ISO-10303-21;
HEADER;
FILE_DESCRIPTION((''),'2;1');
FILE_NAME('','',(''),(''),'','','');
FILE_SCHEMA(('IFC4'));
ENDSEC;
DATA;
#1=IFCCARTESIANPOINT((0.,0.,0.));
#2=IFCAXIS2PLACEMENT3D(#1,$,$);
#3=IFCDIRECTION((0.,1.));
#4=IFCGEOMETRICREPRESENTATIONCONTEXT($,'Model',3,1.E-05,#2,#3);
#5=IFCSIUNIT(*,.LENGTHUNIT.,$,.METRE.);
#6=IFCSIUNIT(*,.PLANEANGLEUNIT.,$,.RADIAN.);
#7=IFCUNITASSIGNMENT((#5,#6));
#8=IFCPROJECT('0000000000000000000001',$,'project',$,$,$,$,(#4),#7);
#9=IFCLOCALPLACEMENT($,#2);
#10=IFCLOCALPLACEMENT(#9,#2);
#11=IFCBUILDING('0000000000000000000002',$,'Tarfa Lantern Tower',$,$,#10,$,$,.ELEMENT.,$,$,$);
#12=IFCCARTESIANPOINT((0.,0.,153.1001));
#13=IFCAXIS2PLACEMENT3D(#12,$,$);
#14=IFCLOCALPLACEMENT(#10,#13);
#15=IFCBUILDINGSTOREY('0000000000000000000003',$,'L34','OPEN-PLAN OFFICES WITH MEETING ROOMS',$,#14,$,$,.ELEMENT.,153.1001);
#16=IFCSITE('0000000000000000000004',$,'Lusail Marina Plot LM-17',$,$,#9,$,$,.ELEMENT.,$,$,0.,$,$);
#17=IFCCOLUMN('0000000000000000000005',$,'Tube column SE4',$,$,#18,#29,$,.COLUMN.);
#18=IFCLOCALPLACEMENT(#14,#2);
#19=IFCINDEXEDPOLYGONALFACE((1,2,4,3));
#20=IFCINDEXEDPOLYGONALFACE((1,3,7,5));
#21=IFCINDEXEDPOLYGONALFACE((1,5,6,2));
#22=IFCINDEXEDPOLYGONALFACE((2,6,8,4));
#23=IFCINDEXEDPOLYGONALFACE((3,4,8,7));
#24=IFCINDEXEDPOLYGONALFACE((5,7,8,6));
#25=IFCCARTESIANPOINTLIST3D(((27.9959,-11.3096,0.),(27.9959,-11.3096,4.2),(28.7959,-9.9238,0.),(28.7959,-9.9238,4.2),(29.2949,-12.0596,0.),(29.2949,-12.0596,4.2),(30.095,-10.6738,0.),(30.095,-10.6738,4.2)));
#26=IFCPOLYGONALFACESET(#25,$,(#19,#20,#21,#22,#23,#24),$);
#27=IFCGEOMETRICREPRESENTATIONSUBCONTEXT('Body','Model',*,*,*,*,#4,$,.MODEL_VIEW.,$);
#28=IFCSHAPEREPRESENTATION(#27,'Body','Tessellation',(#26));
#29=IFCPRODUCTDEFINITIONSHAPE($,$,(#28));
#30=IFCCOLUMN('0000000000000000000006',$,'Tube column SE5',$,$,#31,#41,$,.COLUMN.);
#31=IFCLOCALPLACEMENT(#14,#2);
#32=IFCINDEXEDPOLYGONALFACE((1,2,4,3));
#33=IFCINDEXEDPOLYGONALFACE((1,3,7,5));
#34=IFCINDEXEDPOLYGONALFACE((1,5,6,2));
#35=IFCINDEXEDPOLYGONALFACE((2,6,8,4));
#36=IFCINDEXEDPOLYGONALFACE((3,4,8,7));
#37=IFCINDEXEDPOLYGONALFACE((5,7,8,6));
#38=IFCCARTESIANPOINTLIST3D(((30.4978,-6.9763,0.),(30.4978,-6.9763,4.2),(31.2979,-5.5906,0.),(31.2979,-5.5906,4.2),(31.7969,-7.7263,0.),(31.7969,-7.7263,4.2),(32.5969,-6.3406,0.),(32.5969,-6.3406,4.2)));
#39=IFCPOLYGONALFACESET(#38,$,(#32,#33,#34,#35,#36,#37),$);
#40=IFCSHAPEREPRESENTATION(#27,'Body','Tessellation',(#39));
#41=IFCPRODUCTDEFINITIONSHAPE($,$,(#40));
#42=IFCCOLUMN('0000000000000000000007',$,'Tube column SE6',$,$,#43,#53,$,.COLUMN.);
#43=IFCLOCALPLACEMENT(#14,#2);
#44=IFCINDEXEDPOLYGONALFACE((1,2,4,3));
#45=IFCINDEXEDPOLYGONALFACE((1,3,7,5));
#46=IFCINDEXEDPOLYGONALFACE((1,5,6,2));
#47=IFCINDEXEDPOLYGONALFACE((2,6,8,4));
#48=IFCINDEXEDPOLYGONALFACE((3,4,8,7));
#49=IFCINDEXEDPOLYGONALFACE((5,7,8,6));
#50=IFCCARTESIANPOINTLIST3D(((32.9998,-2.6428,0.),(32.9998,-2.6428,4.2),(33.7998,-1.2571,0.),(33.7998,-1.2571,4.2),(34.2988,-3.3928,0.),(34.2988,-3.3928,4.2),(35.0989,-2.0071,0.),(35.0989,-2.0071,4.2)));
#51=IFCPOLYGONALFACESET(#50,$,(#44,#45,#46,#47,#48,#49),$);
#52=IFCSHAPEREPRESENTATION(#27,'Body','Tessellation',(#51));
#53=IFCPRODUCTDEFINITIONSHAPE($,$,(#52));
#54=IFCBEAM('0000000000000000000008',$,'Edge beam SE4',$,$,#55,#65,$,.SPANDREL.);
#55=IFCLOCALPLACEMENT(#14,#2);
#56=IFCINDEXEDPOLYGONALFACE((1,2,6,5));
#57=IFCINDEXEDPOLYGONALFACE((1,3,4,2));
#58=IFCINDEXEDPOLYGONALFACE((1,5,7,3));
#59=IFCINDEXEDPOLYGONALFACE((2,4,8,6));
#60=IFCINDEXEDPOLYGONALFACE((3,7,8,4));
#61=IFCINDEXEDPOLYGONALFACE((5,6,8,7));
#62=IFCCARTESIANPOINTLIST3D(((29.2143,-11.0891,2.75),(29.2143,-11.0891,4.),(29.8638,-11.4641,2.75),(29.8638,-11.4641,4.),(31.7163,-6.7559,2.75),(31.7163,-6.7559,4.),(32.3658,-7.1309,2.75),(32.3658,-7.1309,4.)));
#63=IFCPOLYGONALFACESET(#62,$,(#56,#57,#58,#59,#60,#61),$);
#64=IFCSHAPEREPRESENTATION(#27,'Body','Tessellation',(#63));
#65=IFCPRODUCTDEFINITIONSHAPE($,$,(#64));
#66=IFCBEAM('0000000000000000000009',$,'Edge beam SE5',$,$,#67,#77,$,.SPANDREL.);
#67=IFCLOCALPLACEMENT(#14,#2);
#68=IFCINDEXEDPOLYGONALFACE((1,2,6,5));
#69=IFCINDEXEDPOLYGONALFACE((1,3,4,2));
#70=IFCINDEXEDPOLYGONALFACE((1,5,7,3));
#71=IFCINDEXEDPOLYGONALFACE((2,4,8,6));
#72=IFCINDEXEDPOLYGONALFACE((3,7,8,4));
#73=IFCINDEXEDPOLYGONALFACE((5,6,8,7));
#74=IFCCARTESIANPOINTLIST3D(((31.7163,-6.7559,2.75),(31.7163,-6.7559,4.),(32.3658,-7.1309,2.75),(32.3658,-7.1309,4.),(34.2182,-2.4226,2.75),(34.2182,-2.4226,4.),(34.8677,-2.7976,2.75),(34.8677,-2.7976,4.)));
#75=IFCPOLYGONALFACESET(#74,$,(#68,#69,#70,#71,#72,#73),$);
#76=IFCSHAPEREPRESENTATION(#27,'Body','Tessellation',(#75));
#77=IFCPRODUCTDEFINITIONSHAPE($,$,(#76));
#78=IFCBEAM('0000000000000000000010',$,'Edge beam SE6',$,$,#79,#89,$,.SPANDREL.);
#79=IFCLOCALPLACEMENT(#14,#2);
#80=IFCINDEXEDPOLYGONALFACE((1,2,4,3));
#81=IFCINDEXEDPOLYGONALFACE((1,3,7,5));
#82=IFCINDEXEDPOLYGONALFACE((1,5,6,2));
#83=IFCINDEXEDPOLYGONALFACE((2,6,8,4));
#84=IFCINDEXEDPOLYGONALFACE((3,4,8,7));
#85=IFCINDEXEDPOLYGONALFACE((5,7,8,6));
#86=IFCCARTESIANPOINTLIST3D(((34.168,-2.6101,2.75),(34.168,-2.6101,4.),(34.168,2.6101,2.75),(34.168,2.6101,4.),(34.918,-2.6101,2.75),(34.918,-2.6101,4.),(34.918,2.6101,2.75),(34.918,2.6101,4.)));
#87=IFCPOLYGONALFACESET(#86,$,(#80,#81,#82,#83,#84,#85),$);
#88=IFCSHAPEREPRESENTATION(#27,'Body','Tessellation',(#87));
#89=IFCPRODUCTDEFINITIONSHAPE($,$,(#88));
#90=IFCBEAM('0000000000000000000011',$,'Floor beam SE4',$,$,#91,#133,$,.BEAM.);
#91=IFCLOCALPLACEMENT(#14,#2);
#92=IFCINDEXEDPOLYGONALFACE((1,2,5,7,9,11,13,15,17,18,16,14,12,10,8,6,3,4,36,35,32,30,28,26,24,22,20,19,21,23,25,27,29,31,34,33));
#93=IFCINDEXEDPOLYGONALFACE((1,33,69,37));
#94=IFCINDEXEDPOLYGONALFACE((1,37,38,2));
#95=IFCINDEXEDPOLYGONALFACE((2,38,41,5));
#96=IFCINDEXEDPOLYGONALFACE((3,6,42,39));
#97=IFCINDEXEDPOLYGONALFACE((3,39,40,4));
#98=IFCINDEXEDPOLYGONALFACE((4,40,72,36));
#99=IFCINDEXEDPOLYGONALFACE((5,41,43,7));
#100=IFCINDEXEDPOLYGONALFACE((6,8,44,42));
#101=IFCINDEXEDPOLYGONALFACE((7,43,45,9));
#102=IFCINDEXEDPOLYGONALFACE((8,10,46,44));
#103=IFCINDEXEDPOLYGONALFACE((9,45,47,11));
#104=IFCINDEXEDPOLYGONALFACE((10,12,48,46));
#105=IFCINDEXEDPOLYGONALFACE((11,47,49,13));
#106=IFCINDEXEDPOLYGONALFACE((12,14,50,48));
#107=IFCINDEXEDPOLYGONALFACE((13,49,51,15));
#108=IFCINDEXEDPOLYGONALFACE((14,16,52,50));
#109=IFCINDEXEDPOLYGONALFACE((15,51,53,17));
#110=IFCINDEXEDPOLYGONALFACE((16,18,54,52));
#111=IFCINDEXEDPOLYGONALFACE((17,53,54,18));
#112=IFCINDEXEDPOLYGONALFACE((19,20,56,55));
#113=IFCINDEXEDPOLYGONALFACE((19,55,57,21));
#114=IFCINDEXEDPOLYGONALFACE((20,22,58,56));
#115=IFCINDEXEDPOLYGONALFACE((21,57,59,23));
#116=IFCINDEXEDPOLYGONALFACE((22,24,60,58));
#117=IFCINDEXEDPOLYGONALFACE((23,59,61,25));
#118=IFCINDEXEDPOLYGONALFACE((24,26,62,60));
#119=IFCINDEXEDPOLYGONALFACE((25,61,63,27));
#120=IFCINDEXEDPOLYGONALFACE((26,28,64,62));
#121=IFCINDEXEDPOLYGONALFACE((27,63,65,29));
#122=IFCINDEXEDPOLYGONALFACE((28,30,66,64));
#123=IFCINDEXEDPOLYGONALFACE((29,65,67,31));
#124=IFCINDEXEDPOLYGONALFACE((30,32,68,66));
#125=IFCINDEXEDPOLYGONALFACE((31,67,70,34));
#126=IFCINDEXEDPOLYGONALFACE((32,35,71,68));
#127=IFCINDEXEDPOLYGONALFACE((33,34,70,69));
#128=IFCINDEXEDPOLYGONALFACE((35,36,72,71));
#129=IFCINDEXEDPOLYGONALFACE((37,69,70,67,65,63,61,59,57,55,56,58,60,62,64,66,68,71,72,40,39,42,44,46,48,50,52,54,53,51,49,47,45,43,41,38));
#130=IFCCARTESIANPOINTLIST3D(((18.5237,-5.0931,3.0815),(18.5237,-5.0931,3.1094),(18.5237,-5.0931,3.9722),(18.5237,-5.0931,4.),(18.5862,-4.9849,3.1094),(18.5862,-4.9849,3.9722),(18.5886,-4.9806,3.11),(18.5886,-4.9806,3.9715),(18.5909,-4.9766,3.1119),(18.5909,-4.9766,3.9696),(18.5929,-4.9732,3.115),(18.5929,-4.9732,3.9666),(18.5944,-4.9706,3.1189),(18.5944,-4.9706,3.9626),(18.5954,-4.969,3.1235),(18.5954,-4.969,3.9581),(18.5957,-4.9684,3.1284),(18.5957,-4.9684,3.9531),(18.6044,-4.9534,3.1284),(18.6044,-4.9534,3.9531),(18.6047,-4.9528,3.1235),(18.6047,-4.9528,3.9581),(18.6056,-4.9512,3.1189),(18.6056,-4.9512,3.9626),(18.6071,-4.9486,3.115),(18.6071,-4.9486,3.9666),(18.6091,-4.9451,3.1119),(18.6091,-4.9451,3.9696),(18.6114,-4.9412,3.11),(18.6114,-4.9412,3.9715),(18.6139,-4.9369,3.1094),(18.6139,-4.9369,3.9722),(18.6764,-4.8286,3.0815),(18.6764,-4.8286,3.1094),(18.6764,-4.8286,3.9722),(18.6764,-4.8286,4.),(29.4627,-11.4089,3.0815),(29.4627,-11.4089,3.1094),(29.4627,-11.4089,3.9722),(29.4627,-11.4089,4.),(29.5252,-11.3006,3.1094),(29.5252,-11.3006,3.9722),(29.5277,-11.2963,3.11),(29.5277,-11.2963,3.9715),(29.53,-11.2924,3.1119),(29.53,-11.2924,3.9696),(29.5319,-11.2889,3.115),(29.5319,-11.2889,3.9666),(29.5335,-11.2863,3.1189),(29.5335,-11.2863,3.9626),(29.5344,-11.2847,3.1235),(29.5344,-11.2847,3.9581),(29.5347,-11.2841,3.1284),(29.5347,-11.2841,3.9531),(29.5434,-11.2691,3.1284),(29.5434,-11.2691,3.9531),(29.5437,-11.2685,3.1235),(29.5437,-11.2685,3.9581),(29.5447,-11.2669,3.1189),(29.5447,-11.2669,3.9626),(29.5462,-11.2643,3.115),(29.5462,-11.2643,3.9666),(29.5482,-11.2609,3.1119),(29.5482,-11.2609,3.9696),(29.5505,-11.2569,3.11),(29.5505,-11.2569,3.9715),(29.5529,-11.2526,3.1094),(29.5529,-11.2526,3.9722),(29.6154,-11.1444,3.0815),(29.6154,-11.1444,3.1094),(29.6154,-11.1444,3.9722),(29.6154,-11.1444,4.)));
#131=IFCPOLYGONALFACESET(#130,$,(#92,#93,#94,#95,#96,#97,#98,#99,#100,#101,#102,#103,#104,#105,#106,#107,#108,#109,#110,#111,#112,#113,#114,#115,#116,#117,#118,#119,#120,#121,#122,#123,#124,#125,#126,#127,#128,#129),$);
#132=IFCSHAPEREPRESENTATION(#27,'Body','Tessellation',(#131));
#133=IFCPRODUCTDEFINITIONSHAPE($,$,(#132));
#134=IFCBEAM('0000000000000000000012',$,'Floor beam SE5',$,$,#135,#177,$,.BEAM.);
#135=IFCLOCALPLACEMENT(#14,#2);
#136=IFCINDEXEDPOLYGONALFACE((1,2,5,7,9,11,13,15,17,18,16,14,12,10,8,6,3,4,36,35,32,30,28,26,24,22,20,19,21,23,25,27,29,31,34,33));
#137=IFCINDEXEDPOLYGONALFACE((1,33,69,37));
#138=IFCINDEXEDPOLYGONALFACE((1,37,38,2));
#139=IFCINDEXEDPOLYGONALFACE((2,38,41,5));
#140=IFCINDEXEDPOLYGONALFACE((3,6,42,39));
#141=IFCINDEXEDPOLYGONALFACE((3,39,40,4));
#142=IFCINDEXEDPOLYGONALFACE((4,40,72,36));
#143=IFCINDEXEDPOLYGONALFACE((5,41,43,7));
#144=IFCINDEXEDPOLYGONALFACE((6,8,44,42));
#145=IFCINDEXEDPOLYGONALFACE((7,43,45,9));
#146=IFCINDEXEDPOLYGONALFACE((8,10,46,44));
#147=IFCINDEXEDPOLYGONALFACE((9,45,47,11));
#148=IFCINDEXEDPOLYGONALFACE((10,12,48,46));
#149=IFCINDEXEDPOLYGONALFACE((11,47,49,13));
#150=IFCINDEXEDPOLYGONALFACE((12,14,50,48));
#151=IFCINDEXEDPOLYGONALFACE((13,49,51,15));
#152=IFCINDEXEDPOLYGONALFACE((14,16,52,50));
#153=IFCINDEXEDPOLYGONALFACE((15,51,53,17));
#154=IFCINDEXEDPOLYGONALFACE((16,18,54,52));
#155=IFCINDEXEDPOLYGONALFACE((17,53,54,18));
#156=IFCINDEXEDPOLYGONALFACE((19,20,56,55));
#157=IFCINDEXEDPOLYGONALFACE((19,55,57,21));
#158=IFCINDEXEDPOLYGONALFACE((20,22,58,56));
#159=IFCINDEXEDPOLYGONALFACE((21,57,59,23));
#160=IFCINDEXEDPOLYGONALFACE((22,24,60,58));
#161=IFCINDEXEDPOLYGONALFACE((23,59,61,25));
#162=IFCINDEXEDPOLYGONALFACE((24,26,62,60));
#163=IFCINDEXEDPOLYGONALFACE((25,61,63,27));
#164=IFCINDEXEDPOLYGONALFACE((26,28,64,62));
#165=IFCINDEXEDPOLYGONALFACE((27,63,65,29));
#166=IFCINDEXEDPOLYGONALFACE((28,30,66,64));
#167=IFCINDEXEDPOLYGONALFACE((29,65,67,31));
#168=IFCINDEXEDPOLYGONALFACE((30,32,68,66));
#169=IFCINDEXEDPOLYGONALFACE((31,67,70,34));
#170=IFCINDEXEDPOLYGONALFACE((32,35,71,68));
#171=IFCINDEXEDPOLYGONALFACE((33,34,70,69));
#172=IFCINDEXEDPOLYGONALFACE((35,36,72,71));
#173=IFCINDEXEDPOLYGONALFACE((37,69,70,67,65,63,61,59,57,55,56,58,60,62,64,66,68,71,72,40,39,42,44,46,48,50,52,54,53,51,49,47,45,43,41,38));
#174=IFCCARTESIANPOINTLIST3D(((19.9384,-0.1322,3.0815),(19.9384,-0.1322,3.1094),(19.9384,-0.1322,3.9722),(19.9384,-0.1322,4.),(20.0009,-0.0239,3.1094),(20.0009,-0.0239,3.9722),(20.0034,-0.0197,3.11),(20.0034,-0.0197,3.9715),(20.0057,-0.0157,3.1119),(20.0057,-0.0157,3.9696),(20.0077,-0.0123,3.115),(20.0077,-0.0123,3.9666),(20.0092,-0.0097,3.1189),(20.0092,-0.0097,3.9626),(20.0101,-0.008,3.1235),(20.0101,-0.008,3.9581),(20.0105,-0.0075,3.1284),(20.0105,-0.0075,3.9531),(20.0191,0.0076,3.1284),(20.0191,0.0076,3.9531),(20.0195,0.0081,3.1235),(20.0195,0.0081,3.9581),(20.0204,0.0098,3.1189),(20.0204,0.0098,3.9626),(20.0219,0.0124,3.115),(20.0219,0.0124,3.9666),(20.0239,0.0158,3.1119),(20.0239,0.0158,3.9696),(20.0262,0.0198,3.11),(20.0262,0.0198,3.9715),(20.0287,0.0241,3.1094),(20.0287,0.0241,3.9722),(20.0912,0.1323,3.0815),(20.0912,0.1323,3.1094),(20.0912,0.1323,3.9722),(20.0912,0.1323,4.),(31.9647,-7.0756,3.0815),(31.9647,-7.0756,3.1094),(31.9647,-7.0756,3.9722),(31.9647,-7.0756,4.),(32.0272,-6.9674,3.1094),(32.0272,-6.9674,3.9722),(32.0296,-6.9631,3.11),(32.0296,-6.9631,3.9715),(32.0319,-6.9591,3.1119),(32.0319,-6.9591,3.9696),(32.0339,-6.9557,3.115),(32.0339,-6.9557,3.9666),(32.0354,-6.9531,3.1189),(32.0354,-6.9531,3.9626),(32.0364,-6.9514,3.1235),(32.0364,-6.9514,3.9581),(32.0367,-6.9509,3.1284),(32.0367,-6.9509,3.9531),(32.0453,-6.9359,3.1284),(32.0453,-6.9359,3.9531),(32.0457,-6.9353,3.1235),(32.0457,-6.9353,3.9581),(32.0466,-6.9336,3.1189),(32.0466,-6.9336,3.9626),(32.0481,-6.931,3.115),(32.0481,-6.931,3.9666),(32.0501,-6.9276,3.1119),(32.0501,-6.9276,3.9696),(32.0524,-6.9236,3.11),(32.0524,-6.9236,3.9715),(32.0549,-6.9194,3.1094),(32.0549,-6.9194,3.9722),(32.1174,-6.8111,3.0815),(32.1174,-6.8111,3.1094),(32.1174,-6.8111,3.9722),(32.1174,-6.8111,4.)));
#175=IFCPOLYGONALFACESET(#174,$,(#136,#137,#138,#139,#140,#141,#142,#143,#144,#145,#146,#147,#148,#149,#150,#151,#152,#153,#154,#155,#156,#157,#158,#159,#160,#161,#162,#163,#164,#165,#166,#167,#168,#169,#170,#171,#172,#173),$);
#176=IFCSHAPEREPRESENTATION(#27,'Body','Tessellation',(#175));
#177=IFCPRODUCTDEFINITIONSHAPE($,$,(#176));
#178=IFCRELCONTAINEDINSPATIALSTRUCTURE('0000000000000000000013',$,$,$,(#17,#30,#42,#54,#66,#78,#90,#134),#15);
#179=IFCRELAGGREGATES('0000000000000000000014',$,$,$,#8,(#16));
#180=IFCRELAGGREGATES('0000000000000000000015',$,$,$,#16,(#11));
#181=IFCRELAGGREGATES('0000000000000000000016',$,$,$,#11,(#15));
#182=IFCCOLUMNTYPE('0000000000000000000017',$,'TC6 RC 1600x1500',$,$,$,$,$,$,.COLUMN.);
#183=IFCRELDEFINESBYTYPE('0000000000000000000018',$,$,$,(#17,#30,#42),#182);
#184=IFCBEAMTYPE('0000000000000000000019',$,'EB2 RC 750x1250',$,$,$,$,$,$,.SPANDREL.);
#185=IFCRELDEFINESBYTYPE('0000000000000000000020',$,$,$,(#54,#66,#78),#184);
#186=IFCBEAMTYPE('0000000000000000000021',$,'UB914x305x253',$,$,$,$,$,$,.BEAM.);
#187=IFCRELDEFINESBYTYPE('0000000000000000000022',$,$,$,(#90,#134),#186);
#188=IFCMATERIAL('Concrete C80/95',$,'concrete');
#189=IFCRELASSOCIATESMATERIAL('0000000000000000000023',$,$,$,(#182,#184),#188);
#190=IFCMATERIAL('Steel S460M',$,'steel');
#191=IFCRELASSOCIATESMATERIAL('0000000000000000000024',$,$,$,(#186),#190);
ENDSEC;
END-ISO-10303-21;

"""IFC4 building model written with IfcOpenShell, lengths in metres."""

from ifc_helpers import new_model, si_unit, direction, frame, origin, origin_2d, place, context, subcontext, project, spatial, rectangle, i_section, extrude, material, material_profile, profile_set, type_object, element, save


model = new_model("IFC4")

# Units and contexts
model_context = context("Model", 3, precision=1e-05, world=origin(), true_north=direction((0.0, 1.0)))
body_context = subcontext(model_context, "Body", "Model", "MODEL_VIEW")
ifc_project = project(units=[si_unit("LENGTHUNIT", "METRE"), si_unit("PLANEANGLEUNIT", "RADIAN")], contexts=[model_context])

# Site, building, storey
site_placement = place(None, origin())
site = spatial("IfcSite", under=ifc_project, at=site_placement, Name="Lusail Marina Plot LM-17", CompositionType="ELEMENT", RefElevation=0.0)
building_placement = place(site_placement, origin())
building = spatial("IfcBuilding", under=site, at=building_placement, Name="Tarfa Lantern Tower", CompositionType="ELEMENT")
storey_placement = place(building_placement, frame((0.0, 0.0, 153.1001)))
storey = spatial("IfcBuildingStorey", under=building, at=storey_placement, Name="L34", Description="OPEN-PLAN OFFICES WITH MEETING ROOMS", CompositionType="ELEMENT", Elevation=153.1001)

# Columns
ifc_material_1 = material(Name="Concrete C80/95", Category="concrete")
ifc_material_profile_1 = material_profile(ifc_material_1, rectangle(XDim=1.6001, YDim=1.5, at=origin_2d()), Name="RC 1600x1500")
ifc_profile_set_1 = profile_set([ifc_material_profile_1], Name="Concrete C80/95")
column_type = type_object("IfcColumnType", Name="TC6 RC 1600x1500", PredefinedType="COLUMN", material=ifc_profile_set_1)
for number, where, z_axis, x_axis, name in (
    (1, (29.0454, -10.9917, 0.0), (0.0, 0.0, 1.0), (0.5, 0.866025, 0.0), "Tube column SE4"),
    (2, (31.5474, -6.6584, 0.0), (0.0, 0.0, 1.0), (0.5, 0.866025, 0.0), "Tube column SE5"),
    (3, (34.0493, -2.325, 0.0), (0.0, 0.0, 1.0), (0.5, 0.866025, 0.0), "Tube column SE6"),
):
    element("IfcColumn", number, at=place(storey_placement, frame(where, z_axis=z_axis, x_axis=x_axis)), inside=storey, type_object=column_type, Name=name, PredefinedType="COLUMN", context=body_context, shape_type="SweptSolid", body=[
        extrude(rectangle(XDim=1.6001, YDim=1.5, at=origin_2d()), origin(), (0.0, 0.0, 1.0), 4.2),
    ])

# Beams
ifc_material_profile_2 = material_profile(ifc_material_1, rectangle(XDim=0.75, YDim=1.25, at=origin_2d()), Name="RC 750x1250")
ifc_profile_set_2 = profile_set([ifc_material_profile_2], Name="Concrete C80/95")
beam_type_1 = type_object("IfcBeamType", Name="EB2 RC 750x1250", PredefinedType="SPANDREL", material=ifc_profile_set_2)
for number, where, z_axis, x_axis, name in (
    (4, (29.5391, -11.2766, 3.375), (0.500022, 0.866013, 0.0), (-0.866013, 0.500022, 0.0), "Edge beam SE4"),
    (5, (32.041, -6.9434, 3.375), (0.500022, 0.866013, 0.0), (-0.866013, 0.500022, 0.0), "Edge beam SE5"),
):
    element("IfcBeam", number, at=place(storey_placement, frame(where, z_axis=z_axis, x_axis=x_axis)), inside=storey, type_object=beam_type_1, Name=name, PredefinedType="SPANDREL", context=body_context, shape_type="SweptSolid", body=[
        extrude(rectangle(XDim=0.75, YDim=1.25, at=origin_2d()), origin(), (0.0, 0.0, 1.0), 5.0037),
    ])
beam_1_placement = place(storey_placement, frame((34.543, -2.6101, 3.375), z_axis=(0.0, 1.0, 0.0), x_axis=(-1.0, 0.0, 0.0)))
element("IfcBeam", 6, at=beam_1_placement, inside=storey, type_object=beam_type_1, Name="Edge beam SE6", PredefinedType="SPANDREL", context=body_context, shape_type="SweptSolid", body=[
    extrude(rectangle(XDim=0.75, YDim=1.25, at=origin_2d()), origin(), (0.0, 0.0, 1.0), 5.2202),
])
ifc_material_2 = material(Name="Steel S460M", Category="steel")
ifc_material_profile_3 = material_profile(ifc_material_2, i_section(OverallWidth=0.3054, OverallDepth=0.9185, WebThickness=0.0173, FlangeThickness=0.0278, FilletRadius=0.019, at=origin_2d()), Name="UB914x305x253")
ifc_profile_set_3 = profile_set([ifc_material_profile_3], Name="Steel S460M")
beam_type_2 = type_object("IfcBeamType", Name="UB914x305x253", PredefinedType="BEAM", material=ifc_profile_set_3)
beam_2_placement = place(storey_placement, frame((29.5391, -11.2766, 3.5408), z_axis=(-0.866023, 0.500004, 0.0), x_axis=(-0.500004, -0.866023, 0.0)))
element("IfcBeam", 7, at=beam_2_placement, inside=storey, type_object=beam_type_2, Name="Floor beam SE4", PredefinedType="BEAM", context=body_context, shape_type="SweptSolid", body=[
    extrude(i_section(OverallWidth=0.3054, OverallDepth=0.9185, WebThickness=0.0173, FlangeThickness=0.0278, FilletRadius=0.019, at=origin_2d()), origin(), (0.0, 0.0, 1.0), 12.6313),
])
beam_3_placement = place(storey_placement, frame((32.041, -6.9434, 3.5408), z_axis=(-0.866023, 0.500004, 0.0), x_axis=(-0.500004, -0.866023, 0.0)))
element("IfcBeam", 8, at=beam_3_placement, inside=storey, type_object=beam_type_2, Name="Floor beam SE5", PredefinedType="BEAM", context=body_context, shape_type="SweptSolid", body=[
    extrude(i_section(OverallWidth=0.3054, OverallDepth=0.9185, WebThickness=0.0173, FlangeThickness=0.0278, FilletRadius=0.019, at=origin_2d()), origin(), (0.0, 0.0, 1.0), 13.8867),
])

save(model, "model.ifc")
